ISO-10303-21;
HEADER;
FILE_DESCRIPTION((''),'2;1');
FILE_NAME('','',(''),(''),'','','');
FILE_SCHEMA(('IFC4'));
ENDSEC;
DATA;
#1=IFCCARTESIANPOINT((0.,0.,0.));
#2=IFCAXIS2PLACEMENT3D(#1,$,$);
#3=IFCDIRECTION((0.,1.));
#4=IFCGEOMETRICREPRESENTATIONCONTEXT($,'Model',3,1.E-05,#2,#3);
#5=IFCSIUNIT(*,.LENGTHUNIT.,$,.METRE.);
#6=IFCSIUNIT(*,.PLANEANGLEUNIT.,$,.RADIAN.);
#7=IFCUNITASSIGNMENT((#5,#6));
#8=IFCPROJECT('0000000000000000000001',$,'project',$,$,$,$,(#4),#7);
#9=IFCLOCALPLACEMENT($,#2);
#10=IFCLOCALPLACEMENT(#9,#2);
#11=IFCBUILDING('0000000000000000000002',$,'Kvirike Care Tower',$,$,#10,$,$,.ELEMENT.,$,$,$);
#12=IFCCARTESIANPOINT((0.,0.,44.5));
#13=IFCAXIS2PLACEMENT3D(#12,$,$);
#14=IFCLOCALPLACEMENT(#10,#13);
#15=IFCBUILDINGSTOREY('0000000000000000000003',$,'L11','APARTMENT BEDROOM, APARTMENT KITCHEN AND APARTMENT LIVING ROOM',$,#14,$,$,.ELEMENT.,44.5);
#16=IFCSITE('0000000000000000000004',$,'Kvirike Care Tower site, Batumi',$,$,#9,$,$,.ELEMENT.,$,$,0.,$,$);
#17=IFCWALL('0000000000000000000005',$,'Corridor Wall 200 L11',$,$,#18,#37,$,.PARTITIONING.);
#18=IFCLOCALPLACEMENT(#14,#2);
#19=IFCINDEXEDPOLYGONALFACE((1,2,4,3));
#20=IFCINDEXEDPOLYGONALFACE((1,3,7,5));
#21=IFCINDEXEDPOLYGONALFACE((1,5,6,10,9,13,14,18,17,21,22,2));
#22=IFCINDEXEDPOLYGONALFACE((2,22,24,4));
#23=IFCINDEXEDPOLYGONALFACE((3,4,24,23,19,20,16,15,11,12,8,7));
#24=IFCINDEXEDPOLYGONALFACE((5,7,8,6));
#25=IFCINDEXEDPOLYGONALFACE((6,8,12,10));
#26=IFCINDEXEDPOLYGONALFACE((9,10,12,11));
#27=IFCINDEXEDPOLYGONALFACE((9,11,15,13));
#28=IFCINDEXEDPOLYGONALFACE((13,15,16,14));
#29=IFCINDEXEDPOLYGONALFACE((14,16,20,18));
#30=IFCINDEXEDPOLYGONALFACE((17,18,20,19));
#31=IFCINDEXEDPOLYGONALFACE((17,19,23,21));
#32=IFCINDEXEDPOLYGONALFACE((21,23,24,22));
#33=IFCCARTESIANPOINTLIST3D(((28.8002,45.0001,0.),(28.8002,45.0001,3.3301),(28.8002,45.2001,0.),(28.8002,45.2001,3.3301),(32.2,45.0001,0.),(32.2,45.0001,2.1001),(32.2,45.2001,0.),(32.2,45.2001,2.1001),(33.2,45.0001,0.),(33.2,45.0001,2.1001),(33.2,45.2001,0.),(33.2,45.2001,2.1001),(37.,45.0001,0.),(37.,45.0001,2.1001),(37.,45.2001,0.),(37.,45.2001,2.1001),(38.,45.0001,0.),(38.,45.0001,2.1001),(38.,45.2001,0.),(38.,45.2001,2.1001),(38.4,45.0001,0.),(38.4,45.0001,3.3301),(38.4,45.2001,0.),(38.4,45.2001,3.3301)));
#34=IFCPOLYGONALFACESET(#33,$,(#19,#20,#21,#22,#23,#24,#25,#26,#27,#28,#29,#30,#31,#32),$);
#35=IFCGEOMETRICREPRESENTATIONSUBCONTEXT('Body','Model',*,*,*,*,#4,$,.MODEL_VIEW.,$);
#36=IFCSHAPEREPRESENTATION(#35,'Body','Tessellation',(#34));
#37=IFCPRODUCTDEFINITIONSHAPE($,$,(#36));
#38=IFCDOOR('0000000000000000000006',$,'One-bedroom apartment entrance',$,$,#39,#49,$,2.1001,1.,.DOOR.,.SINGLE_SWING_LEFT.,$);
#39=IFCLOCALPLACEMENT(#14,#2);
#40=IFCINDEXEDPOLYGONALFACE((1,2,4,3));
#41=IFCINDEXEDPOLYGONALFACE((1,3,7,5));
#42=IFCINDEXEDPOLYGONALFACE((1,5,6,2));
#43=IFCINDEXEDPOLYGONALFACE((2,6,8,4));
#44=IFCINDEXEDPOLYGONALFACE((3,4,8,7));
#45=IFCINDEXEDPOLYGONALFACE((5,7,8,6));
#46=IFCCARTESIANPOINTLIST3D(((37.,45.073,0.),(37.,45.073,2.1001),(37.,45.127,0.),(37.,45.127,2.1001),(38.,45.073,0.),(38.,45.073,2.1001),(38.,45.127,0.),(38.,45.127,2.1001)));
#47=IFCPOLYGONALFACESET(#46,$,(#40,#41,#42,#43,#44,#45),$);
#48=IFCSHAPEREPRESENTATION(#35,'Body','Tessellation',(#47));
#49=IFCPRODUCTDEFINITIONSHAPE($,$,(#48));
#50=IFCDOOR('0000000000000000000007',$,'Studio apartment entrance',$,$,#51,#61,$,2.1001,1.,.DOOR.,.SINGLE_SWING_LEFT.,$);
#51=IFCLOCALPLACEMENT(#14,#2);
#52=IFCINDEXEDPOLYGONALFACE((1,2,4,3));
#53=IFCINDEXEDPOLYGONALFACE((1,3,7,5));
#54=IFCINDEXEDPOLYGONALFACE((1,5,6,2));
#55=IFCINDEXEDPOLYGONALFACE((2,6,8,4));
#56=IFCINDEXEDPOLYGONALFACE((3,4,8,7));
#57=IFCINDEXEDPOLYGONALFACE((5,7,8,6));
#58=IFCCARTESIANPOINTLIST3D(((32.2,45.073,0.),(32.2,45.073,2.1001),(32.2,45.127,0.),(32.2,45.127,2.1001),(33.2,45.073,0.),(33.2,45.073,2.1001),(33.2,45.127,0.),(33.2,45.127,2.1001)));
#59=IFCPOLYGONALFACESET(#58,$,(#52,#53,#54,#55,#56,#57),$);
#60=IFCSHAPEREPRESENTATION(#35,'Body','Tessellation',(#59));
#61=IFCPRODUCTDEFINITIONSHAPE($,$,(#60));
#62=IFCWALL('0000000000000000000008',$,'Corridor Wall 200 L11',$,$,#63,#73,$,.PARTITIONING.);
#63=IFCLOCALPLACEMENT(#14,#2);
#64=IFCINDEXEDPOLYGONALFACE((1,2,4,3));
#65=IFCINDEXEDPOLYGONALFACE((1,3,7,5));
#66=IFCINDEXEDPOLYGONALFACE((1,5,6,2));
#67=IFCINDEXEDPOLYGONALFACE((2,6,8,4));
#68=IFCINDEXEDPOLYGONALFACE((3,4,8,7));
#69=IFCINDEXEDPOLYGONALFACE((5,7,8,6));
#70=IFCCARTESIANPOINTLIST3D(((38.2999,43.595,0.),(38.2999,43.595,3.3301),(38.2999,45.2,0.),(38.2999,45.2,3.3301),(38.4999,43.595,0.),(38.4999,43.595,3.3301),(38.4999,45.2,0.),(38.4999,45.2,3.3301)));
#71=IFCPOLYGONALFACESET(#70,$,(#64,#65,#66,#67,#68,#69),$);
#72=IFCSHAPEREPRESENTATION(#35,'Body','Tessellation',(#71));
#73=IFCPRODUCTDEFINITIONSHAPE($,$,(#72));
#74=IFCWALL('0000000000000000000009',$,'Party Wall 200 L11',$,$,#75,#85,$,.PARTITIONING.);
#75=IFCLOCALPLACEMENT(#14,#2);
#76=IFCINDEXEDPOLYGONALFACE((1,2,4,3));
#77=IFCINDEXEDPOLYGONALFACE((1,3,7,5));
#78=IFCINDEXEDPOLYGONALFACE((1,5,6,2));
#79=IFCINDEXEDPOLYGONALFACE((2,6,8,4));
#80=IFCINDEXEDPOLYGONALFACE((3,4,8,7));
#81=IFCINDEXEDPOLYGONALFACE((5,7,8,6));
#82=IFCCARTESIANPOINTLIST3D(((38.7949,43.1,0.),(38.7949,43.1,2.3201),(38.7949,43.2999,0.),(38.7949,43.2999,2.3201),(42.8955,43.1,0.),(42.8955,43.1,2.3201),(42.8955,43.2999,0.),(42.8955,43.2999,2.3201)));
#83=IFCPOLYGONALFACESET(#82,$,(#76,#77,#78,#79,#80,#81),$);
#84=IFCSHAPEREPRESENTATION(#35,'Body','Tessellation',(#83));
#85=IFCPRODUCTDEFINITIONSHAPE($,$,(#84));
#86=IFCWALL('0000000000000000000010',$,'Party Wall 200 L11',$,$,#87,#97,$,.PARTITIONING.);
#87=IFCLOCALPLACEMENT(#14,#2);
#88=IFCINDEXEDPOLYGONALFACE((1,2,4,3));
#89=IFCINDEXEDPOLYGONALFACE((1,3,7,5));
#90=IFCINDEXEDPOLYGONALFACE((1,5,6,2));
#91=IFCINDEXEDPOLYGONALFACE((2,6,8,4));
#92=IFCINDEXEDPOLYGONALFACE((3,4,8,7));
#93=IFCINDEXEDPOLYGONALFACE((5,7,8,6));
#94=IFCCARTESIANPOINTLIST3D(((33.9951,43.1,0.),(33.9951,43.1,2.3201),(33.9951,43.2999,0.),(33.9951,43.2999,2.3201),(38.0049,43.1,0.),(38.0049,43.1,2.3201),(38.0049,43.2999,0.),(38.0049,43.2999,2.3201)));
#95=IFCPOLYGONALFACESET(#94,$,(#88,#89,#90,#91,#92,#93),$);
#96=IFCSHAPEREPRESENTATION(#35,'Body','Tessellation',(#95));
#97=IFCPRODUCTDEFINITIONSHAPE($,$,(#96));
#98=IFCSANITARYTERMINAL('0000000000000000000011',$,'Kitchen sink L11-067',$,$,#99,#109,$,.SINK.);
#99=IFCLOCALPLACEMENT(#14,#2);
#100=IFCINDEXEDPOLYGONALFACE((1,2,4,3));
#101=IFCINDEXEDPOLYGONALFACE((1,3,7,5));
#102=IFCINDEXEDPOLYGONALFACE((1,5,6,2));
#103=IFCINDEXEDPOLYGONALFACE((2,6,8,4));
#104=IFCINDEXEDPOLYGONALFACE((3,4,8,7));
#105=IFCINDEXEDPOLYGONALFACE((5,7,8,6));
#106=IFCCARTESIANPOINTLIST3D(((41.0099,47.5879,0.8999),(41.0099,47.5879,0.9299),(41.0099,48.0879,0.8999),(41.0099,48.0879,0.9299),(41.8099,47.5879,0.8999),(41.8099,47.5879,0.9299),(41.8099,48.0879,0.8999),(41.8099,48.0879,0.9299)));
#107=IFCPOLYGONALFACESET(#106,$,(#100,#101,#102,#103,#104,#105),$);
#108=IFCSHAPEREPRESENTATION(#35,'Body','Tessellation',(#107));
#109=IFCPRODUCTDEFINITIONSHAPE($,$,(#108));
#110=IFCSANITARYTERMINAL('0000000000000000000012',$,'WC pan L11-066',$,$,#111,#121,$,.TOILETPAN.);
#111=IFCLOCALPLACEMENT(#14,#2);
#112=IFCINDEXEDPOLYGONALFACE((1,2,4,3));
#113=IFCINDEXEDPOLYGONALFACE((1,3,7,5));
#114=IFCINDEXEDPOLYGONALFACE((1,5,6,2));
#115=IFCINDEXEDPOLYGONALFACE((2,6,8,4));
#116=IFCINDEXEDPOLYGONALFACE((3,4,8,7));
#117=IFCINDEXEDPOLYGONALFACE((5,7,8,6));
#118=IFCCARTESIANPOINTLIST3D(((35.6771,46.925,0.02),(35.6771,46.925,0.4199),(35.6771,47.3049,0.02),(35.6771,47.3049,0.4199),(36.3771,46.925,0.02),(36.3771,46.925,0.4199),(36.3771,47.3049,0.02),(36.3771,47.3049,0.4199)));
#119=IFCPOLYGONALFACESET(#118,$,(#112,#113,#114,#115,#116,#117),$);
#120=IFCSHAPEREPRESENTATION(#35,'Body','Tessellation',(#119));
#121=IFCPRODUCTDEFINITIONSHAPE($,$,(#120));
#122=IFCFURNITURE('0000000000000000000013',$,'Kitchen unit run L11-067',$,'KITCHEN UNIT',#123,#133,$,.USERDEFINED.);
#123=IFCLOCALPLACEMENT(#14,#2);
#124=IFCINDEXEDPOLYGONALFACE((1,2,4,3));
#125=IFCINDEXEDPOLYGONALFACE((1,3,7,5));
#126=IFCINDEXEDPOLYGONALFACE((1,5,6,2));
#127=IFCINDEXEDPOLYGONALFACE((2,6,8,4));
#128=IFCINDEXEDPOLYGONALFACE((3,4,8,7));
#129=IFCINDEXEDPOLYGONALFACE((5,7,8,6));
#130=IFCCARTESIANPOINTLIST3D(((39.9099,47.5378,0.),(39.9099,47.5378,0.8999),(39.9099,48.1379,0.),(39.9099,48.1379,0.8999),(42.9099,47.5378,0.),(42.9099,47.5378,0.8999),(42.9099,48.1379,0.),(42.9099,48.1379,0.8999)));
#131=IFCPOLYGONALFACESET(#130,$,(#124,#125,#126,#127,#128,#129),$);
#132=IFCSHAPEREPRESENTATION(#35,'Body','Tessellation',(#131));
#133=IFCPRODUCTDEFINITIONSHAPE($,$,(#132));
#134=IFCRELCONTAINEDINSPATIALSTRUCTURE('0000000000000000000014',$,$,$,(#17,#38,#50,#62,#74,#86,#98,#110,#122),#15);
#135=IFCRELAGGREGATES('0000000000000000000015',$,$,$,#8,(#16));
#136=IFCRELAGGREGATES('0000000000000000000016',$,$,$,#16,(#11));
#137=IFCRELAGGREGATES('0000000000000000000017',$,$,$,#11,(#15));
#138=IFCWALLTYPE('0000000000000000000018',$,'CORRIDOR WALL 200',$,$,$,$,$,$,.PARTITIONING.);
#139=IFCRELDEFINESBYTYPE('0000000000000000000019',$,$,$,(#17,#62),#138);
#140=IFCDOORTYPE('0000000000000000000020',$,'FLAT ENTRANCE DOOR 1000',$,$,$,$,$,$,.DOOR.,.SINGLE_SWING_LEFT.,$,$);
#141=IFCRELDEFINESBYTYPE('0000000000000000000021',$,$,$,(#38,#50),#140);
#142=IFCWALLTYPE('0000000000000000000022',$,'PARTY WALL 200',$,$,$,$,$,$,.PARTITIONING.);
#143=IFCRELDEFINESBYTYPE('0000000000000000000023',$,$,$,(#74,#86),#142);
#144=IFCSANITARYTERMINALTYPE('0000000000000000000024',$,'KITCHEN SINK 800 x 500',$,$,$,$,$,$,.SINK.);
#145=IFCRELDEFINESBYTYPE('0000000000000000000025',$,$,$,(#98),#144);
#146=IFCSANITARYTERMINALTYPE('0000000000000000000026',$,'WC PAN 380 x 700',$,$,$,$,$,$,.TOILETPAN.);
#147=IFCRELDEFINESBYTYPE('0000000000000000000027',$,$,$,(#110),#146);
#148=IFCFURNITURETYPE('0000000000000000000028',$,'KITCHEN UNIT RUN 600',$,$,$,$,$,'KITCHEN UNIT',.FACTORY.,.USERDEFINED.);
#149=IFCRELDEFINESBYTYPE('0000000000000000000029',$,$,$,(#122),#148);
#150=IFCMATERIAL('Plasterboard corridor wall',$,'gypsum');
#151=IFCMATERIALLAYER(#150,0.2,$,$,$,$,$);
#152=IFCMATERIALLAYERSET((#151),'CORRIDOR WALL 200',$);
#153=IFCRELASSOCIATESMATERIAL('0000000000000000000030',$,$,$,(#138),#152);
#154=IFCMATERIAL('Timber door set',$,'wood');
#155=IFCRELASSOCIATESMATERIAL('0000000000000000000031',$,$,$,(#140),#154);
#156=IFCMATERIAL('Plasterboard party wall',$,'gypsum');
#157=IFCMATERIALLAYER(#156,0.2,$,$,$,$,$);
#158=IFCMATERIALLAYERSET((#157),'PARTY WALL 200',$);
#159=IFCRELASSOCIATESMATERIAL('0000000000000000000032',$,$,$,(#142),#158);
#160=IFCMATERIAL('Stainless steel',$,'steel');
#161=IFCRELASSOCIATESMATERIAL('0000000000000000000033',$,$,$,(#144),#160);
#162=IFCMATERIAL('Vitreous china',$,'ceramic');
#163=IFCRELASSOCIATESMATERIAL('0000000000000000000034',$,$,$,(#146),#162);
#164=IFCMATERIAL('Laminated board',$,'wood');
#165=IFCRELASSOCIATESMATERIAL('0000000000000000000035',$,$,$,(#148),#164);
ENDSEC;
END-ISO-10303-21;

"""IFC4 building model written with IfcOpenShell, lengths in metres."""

from ifc_helpers import new_model, si_unit, direction, frame, frame_2d, origin, origin_2d, place, context, subcontext, project, spatial, rectangle, extrude, material, layer, layer_set, type_object, element, fill, save


model = new_model("IFC4")

# Units and contexts
model_context = context("Model", 3, precision=1e-05, world=origin(), true_north=direction((0.0, 1.0)))
body_context = subcontext(model_context, "Body", "Model", "MODEL_VIEW")
ifc_project = project(units=[si_unit("LENGTHUNIT", "METRE"), si_unit("PLANEANGLEUNIT", "RADIAN")], contexts=[model_context])

# Site, building, storey
site_placement = place(None, origin())
site = spatial("IfcSite", under=ifc_project, at=site_placement, Name="Kvirike Care Tower site, Batumi", CompositionType="ELEMENT", RefElevation=0.0)
building_placement = place(site_placement, origin())
building = spatial("IfcBuilding", under=site, at=building_placement, Name="Kvirike Care Tower", CompositionType="ELEMENT")
storey_placement = place(building_placement, frame((0.0, 0.0, 44.5)))
storey = spatial("IfcBuildingStorey", under=building, at=storey_placement, Name="L11", Description="APARTMENT BEDROOM, APARTMENT KITCHEN AND APARTMENT LIVING ROOM", CompositionType="ELEMENT", Elevation=44.5)

# Wall, openings, doors
ifc_material_1 = material(Name="Plasterboard corridor wall", Category="gypsum")
ifc_layer_1 = layer(ifc_material_1, 0.2)
ifc_layer_set_1 = layer_set([ifc_layer_1], Name="CORRIDOR WALL 200")
wall_type_1 = type_object("IfcWallType", Name="CORRIDOR WALL 200", PredefinedType="PARTITIONING", material=ifc_layer_set_1)
wall_1_placement = place(storey_placement, frame((38.3999, 45.1001, 0.0), z_axis=(0.0, 0.0, 1.0), x_axis=(-1.0, 0.0, 0.0)))
wall_1 = element("IfcWall", 1, at=wall_1_placement, inside=storey, type_object=wall_type_1, Name="Corridor Wall 200 L11", PredefinedType="PARTITIONING", context=body_context, shape_type="SweptSolid", body=[
    extrude(rectangle(XDim=9.5999, YDim=0.2, at=frame_2d((4.7998, 0.0))), origin(), (0.0, 0.0, 1.0), 3.3301),
])
opening_1_placement = place(wall_1_placement, frame((0.3999, 0.0, 0.0)))
opening_1 = element("IfcOpeningElement", 2, at=opening_1_placement, cuts=wall_1, PredefinedType="OPENING", context=body_context, shape_type="SweptSolid", body=[
    extrude(rectangle(XDim=1.0, YDim=2.1001, at=frame_2d((0.5, 1.05))), frame((0.0, 0.1106, 0.0), z_axis=(0.0, -1.0, 0.0), x_axis=(1.0, 0.0, 0.0)), (0.0, 0.0, 1.0), 0.2209),
])
opening_2_placement = place(wall_1_placement, frame((5.2, 0.0, 0.0)))
opening_2 = element("IfcOpeningElement", 3, at=opening_2_placement, cuts=wall_1, PredefinedType="OPENING", context=body_context, shape_type="SweptSolid", body=[
    extrude(rectangle(XDim=1.0, YDim=2.1001, at=frame_2d((0.5, 1.05))), frame((0.0, 0.1106, 0.0), z_axis=(0.0, -1.0, 0.0), x_axis=(1.0, 0.0, 0.0)), (0.0, 0.0, 1.0), 0.2209),
])
ifc_material_2 = material(Name="Timber door set", Category="wood")
door_type_1 = type_object("IfcDoorType", Name="FLAT ENTRANCE DOOR 1000", OperationType="SINGLE_SWING_LEFT", PredefinedType="DOOR", material=ifc_material_2)
door_1_placement = place(opening_1_placement, frame((1.0, 0.0, 0.0), z_axis=(0.0, 0.0, 1.0), x_axis=(-1.0, 0.0, 0.0)))
door_1 = element("IfcDoor", 4, at=door_1_placement, inside=storey, type_object=door_type_1, Name="One-bedroom apartment entrance", OperationType="SINGLE_SWING_LEFT", OverallHeight=2.1001, OverallWidth=1.0, PredefinedType="DOOR", context=body_context, shape_type="SweptSolid", body=[
    extrude(rectangle(XDim=1.0, YDim=2.1001, at=frame_2d((0.5, 1.05))), frame((0.0, 0.0269, 0.0), z_axis=(0.0, -1.0, 0.0), x_axis=(1.0, 0.0, 0.0)), (0.0, 0.0, 1.0), 0.054),
])
fill(opening_1, door_1)
door_2_placement = place(opening_2_placement, frame((1.0, 0.0, 0.0), z_axis=(0.0, 0.0, 1.0), x_axis=(-1.0, 0.0, 0.0)))
door_2 = element("IfcDoor", 5, at=door_2_placement, inside=storey, type_object=door_type_1, Name="Studio apartment entrance", OperationType="SINGLE_SWING_LEFT", OverallHeight=2.1001, OverallWidth=1.0, PredefinedType="DOOR", context=body_context, shape_type="SweptSolid", body=[
    extrude(rectangle(XDim=1.0, YDim=2.1001, at=frame_2d((0.5, 1.05))), frame((0.0, 0.0269, 0.0), z_axis=(0.0, -1.0, 0.0), x_axis=(1.0, 0.0, 0.0)), (0.0, 0.0, 1.0), 0.054),
])
fill(opening_2, door_2)

# Walls
wall_2_placement = place(storey_placement, frame((38.3999, 45.2, 0.0), z_axis=(0.0, 0.0, 1.0), x_axis=(0.0, -1.0, 0.0)))
element("IfcWall", 6, at=wall_2_placement, inside=storey, type_object=wall_type_1, Name="Corridor Wall 200 L11", PredefinedType="PARTITIONING", context=body_context, shape_type="SweptSolid", body=[
    extrude(rectangle(XDim=1.605, YDim=0.2, at=frame_2d((0.8025, 0.0))), origin(), (0.0, 0.0, 1.0), 3.3301),
])
ifc_material_3 = material(Name="Plasterboard party wall", Category="gypsum")
ifc_layer_2 = layer(ifc_material_3, 0.2)
ifc_layer_set_2 = layer_set([ifc_layer_2], Name="PARTY WALL 200")
wall_type_2 = type_object("IfcWallType", Name="PARTY WALL 200", PredefinedType="PARTITIONING", material=ifc_layer_set_2)
wall_3_placement = place(storey_placement, frame((42.8955, 43.2, 0.0), z_axis=(0.0, 0.0, 1.0), x_axis=(-1.0, 0.0, 0.0)))
element("IfcWall", 7, at=wall_3_placement, inside=storey, type_object=wall_type_2, Name="Party Wall 200 L11", PredefinedType="PARTITIONING", context=body_context, shape_type="SweptSolid", body=[
    extrude(rectangle(XDim=4.1006, YDim=0.2, at=frame_2d((2.0503, 0.0))), origin(), (0.0, 0.0, 1.0), 2.3201),
])
wall_4_placement = place(storey_placement, frame((38.0049, 43.2, 0.0), z_axis=(0.0, 0.0, 1.0), x_axis=(-1.0, 0.0, 0.0)))
element("IfcWall", 8, at=wall_4_placement, inside=storey, type_object=wall_type_2, Name="Party Wall 200 L11", PredefinedType="PARTITIONING", context=body_context, shape_type="SweptSolid", body=[
    extrude(rectangle(XDim=4.0098, YDim=0.2, at=frame_2d((2.0049, 0.0))), origin(), (0.0, 0.0, 1.0), 2.3201),
])

# Sanitary terminals
ifc_material_4 = material(Name="Stainless steel", Category="steel")
sanitary_terminal_type_1 = type_object("IfcSanitaryTerminalType", Name="KITCHEN SINK 800 x 500", PredefinedType="SINK", material=ifc_material_4)
sanitary_terminal_1_placement = place(storey_placement, frame((41.4099, 47.8379, 0.8999), z_axis=(0.0, 0.0, 1.0), x_axis=(1.0, 0.0, 0.0)))
element("IfcSanitaryTerminal", 9, at=sanitary_terminal_1_placement, inside=storey, type_object=sanitary_terminal_type_1, Name="Kitchen sink L11-067", PredefinedType="SINK", context=body_context, shape_type="SweptSolid", body=[
    extrude(rectangle(XDim=0.8, YDim=0.5, at=origin_2d()), origin(), (0.0, 0.0, 1.0), 0.03),
])
ifc_material_5 = material(Name="Vitreous china", Category="ceramic")
sanitary_terminal_type_2 = type_object("IfcSanitaryTerminalType", Name="WC PAN 380 x 700", PredefinedType="TOILETPAN", material=ifc_material_5)
sanitary_terminal_2_placement = place(storey_placement, frame((36.0271, 47.115, 0.02), z_axis=(0.0, 0.0, 1.0), x_axis=(0.0, 1.0, 0.0)))
element("IfcSanitaryTerminal", 10, at=sanitary_terminal_2_placement, inside=storey, type_object=sanitary_terminal_type_2, Name="WC pan L11-066", PredefinedType="TOILETPAN", context=body_context, shape_type="SweptSolid", body=[
    extrude(rectangle(XDim=0.3799, YDim=0.7, at=origin_2d()), origin(), (0.0, 0.0, 1.0), 0.3999),
])

# Furniture
ifc_material_6 = material(Name="Laminated board", Category="wood")
furniture_type = type_object("IfcFurnitureType", Name="KITCHEN UNIT RUN 600", ElementType="KITCHEN UNIT", AssemblyPlace="FACTORY", PredefinedType="USERDEFINED", material=ifc_material_6)
furniture_placement = place(storey_placement, frame((41.4099, 47.8379, 0.0), z_axis=(0.0, 0.0, 1.0), x_axis=(1.0, 0.0, 0.0)))
element("IfcFurniture", 11, at=furniture_placement, inside=storey, type_object=furniture_type, Name="Kitchen unit run L11-067", ObjectType="KITCHEN UNIT", PredefinedType="USERDEFINED", context=body_context, shape_type="SweptSolid", body=[
    extrude(rectangle(XDim=3.0, YDim=0.6001, at=origin_2d()), origin(), (0.0, 0.0, 1.0), 0.8999),
])

save(model, "model.ifc")
